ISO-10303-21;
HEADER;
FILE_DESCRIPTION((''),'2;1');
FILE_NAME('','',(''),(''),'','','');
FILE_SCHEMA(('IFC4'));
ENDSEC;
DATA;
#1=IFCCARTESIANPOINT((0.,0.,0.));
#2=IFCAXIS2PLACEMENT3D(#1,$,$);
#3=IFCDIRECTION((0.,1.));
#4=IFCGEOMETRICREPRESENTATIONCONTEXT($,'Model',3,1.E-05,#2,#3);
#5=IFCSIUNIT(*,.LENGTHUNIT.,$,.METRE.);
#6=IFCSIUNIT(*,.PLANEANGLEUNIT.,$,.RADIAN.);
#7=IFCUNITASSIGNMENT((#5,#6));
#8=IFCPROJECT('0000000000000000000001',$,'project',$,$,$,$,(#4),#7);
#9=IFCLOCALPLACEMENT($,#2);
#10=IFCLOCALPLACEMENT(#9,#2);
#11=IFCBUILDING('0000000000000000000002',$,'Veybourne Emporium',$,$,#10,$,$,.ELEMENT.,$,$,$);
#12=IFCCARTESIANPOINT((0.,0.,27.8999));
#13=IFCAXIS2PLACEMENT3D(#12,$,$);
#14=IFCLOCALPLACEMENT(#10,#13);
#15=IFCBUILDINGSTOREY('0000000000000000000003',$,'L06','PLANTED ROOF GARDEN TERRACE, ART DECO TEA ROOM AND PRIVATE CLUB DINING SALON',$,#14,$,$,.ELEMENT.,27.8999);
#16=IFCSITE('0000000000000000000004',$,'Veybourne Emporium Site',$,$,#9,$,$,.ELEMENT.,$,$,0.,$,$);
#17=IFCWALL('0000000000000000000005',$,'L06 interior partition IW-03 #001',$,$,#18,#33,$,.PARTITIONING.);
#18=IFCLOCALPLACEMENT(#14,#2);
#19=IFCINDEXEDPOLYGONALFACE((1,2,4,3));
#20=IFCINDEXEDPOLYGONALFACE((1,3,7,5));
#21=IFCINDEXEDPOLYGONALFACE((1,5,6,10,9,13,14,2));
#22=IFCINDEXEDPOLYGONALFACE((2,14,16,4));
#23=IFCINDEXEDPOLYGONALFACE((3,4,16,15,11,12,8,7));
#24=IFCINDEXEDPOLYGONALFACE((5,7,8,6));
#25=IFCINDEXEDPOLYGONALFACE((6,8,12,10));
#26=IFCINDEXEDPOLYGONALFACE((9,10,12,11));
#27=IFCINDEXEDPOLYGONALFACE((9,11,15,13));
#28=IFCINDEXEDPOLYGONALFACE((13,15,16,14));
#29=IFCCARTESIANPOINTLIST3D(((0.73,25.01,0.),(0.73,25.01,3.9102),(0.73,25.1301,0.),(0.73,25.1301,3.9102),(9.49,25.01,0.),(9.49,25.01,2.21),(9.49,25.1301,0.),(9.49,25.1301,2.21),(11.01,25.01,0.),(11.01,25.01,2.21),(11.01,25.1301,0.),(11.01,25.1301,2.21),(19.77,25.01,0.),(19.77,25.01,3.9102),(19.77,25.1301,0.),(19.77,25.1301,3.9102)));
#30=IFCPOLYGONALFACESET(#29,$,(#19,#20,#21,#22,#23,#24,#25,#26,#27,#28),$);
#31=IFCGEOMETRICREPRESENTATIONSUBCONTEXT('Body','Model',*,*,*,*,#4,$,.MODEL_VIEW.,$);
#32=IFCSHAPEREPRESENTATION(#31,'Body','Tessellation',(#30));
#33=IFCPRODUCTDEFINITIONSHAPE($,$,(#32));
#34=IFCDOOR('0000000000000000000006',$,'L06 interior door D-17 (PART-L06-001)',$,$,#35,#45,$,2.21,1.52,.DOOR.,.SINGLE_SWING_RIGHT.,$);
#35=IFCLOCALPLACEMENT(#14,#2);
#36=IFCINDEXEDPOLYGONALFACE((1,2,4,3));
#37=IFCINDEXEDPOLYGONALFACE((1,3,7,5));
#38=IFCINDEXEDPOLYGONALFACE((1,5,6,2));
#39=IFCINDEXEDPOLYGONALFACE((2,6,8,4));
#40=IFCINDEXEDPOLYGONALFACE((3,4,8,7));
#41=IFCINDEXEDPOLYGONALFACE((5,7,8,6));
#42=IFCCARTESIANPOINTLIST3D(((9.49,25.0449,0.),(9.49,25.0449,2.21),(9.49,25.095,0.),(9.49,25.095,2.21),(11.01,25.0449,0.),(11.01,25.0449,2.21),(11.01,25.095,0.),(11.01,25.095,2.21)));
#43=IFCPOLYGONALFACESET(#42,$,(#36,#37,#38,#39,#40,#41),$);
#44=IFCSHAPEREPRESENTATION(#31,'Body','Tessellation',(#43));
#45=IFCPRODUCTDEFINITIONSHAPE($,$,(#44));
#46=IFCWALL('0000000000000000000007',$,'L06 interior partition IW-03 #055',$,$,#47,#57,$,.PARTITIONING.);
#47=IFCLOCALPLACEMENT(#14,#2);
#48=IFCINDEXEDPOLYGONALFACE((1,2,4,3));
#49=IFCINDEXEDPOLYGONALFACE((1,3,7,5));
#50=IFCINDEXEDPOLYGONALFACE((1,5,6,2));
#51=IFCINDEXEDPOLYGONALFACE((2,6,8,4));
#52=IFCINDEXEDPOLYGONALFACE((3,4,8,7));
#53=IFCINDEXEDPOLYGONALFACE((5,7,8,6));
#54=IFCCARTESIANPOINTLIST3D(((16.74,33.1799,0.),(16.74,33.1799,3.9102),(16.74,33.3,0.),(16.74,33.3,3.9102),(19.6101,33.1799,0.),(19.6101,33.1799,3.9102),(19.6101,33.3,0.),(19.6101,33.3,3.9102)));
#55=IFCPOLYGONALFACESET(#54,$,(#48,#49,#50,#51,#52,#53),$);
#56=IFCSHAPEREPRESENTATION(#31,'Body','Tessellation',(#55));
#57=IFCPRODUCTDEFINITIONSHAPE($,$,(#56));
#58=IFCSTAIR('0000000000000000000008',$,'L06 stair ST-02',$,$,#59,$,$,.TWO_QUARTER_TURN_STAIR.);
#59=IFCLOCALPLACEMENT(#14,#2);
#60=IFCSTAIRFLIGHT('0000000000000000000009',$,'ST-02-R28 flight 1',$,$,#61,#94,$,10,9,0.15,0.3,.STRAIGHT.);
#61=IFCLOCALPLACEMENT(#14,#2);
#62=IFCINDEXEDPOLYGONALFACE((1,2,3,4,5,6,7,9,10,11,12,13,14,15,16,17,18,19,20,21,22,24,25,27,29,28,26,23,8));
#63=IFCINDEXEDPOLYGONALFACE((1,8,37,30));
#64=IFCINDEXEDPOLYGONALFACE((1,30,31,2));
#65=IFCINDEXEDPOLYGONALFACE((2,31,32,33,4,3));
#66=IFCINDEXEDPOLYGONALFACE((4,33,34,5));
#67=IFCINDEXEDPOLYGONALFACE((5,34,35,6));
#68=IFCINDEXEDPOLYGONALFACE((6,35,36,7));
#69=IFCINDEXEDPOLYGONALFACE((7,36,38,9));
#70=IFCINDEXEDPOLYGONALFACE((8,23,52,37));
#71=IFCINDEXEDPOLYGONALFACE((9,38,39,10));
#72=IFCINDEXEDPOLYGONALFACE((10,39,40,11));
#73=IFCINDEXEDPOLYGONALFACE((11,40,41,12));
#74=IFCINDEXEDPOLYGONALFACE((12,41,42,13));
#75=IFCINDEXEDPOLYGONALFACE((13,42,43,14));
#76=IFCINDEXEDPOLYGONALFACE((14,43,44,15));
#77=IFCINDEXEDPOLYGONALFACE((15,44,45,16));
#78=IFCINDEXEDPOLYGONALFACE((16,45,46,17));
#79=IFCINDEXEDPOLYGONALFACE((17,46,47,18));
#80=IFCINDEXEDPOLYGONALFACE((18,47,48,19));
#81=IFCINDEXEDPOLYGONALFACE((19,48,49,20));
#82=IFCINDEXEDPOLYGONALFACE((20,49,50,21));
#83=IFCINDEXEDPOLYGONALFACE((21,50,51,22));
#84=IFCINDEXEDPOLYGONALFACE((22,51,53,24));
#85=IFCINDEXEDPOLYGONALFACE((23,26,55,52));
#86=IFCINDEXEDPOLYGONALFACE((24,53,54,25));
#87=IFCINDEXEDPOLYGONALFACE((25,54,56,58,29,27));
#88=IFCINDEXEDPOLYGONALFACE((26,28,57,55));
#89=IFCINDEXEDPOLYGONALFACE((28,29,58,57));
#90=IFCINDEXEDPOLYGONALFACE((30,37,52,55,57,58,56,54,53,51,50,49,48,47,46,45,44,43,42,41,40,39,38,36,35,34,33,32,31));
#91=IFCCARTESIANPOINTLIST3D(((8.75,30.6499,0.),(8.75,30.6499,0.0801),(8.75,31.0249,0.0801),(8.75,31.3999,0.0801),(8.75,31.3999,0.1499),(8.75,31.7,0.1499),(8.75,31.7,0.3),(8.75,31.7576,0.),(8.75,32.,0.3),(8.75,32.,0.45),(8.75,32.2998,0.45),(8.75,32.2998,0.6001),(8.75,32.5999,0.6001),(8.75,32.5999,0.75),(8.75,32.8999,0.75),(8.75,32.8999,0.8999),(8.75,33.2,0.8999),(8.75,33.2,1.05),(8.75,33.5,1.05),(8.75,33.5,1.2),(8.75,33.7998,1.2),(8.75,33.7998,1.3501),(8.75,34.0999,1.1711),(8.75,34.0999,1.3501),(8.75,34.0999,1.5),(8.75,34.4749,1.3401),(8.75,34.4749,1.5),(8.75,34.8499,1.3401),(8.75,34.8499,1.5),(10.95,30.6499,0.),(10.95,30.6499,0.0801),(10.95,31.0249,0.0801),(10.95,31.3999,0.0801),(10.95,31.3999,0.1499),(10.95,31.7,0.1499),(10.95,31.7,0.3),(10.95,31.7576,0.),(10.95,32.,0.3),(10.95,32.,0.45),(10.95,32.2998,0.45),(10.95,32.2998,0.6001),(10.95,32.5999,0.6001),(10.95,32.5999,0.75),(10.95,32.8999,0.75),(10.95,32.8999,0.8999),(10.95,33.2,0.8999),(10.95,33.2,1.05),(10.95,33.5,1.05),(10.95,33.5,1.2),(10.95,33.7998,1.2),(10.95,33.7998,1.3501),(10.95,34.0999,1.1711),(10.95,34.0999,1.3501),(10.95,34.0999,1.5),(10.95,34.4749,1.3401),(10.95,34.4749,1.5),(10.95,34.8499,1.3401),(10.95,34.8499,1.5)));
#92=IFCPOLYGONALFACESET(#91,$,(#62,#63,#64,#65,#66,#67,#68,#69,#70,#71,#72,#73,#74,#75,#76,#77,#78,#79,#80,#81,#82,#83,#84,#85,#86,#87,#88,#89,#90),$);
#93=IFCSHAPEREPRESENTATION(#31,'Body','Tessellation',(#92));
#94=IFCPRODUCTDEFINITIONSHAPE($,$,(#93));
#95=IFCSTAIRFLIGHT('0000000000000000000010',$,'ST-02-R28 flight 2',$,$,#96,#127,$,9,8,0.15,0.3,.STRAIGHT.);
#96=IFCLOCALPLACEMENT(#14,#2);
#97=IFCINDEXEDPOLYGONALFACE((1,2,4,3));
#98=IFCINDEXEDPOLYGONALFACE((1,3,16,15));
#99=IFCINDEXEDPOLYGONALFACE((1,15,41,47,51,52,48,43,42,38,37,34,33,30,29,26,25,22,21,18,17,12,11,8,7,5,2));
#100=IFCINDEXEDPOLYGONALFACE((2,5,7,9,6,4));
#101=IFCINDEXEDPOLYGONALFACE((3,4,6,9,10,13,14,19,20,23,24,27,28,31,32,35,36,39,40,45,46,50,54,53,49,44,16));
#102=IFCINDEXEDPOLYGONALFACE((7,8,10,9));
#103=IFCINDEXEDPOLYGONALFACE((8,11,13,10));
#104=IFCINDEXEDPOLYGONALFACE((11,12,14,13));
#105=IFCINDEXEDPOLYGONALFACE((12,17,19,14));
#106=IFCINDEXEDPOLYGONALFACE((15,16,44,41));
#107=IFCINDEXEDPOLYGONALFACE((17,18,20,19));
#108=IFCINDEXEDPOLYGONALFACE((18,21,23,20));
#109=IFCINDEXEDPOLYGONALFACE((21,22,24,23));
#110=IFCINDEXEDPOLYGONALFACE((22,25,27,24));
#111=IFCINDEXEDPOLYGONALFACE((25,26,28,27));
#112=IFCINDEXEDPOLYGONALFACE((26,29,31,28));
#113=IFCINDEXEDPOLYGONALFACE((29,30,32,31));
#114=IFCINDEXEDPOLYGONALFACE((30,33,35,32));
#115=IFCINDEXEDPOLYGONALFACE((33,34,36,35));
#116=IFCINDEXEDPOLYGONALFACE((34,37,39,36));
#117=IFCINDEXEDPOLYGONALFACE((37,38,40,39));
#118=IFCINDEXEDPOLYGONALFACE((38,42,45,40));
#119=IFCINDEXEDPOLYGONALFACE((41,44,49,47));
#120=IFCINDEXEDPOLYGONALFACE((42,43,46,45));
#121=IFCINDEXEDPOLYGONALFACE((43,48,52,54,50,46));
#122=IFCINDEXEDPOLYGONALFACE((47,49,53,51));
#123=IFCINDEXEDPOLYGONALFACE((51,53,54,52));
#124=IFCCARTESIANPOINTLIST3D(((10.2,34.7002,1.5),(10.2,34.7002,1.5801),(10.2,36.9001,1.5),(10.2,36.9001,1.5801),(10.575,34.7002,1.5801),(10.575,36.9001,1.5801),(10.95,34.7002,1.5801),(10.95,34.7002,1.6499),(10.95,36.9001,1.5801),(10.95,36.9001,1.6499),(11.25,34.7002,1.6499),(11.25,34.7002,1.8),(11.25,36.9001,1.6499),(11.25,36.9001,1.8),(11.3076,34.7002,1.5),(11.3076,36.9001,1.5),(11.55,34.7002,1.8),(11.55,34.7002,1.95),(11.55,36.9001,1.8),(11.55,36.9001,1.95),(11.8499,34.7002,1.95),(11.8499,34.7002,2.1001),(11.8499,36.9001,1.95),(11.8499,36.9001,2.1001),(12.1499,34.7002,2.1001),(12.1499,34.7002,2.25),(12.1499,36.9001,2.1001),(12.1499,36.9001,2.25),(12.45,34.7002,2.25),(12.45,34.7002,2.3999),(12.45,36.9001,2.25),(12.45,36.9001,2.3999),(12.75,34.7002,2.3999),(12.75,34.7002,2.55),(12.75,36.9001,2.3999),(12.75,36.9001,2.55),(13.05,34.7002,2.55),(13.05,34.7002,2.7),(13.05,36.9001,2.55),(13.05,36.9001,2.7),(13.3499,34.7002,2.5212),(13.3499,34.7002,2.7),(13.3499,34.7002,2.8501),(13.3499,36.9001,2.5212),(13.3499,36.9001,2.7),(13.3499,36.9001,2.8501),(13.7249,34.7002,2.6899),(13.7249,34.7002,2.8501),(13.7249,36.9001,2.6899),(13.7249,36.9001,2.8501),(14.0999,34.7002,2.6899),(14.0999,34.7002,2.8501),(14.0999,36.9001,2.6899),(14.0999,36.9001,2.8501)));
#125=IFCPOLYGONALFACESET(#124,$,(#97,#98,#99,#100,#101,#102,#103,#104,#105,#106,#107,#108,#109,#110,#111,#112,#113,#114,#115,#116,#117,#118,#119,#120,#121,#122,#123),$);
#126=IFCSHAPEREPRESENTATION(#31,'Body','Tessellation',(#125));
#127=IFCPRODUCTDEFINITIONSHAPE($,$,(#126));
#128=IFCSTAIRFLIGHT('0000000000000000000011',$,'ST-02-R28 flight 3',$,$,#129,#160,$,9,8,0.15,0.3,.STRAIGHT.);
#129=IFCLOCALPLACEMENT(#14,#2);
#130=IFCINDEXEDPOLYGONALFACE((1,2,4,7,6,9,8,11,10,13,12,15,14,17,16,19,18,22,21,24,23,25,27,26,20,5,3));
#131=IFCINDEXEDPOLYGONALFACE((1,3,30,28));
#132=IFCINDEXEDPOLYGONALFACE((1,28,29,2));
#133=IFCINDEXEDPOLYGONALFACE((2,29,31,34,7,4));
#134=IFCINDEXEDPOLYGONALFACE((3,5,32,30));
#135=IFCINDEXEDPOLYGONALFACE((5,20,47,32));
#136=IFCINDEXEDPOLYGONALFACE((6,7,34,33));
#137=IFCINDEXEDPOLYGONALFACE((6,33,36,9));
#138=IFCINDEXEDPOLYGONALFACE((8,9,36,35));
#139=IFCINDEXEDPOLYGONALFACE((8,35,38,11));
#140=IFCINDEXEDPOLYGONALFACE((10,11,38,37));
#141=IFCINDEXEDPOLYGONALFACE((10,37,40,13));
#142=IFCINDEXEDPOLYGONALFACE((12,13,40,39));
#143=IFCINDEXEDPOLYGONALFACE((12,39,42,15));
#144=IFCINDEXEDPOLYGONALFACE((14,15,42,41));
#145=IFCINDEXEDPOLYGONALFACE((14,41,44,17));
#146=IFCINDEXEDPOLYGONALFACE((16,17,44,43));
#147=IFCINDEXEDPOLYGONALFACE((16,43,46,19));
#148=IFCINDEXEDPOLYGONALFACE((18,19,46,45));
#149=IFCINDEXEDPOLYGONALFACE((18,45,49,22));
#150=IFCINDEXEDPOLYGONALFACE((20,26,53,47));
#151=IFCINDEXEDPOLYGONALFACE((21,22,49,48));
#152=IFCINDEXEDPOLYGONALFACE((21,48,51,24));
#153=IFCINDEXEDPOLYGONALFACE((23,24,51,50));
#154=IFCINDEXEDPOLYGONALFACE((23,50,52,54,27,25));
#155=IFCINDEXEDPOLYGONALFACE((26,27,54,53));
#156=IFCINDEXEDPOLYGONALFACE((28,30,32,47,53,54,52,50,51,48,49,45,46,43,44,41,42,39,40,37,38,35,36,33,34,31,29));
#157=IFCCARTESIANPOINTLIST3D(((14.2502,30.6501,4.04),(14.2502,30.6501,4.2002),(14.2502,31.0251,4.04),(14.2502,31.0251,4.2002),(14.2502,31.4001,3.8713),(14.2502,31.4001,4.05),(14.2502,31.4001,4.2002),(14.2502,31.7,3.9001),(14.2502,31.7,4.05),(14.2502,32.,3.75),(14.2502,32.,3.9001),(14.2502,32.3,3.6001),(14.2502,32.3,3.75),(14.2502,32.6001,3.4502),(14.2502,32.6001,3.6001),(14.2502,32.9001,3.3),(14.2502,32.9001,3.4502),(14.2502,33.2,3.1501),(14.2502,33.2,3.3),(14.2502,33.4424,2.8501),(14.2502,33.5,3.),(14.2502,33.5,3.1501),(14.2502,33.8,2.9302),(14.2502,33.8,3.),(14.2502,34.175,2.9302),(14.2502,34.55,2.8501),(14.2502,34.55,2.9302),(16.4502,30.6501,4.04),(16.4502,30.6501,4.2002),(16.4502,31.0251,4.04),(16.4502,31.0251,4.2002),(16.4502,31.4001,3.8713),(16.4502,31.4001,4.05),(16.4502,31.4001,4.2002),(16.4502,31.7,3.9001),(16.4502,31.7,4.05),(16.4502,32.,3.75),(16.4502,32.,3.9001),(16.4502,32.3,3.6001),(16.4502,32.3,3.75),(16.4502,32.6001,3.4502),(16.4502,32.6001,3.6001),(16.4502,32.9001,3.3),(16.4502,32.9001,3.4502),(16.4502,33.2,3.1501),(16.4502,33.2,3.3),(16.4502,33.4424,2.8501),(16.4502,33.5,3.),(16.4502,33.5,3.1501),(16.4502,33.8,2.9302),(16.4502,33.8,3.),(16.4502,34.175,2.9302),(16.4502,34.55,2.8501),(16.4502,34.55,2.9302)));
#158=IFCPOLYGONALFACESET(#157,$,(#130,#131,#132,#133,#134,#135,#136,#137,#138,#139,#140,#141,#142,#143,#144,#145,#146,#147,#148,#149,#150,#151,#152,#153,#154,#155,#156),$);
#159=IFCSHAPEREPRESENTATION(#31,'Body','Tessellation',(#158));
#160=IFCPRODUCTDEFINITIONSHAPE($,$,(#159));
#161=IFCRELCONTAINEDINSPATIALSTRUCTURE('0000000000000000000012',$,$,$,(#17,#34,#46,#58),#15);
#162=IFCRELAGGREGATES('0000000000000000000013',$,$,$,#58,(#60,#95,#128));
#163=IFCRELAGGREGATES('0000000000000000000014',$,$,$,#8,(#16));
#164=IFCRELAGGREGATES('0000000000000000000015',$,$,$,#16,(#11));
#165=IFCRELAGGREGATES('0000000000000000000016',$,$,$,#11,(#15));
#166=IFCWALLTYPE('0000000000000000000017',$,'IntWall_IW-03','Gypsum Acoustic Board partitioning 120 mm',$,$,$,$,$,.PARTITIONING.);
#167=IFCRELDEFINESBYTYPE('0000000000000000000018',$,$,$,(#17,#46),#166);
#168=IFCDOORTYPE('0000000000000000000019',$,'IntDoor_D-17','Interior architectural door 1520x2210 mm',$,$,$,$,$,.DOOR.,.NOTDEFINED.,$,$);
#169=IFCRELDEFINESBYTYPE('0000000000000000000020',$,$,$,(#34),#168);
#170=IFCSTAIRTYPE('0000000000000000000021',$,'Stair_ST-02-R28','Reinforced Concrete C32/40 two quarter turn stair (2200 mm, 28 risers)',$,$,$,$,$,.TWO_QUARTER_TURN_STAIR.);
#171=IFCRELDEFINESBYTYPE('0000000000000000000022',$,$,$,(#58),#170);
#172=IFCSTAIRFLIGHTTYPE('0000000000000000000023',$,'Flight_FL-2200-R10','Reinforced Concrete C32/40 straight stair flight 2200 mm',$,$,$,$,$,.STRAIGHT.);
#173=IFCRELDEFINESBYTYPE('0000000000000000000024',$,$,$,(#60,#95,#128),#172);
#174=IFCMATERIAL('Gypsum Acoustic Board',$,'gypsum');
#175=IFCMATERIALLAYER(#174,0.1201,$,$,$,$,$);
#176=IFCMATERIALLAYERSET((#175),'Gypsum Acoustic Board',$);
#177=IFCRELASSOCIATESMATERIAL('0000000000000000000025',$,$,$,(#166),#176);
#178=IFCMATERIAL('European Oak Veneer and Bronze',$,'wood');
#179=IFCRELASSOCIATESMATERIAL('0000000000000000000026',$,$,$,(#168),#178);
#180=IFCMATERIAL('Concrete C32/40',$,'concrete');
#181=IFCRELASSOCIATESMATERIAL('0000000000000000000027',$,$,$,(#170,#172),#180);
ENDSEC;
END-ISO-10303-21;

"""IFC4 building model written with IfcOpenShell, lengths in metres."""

from ifc_helpers import new_model, si_unit, direction, frame, frame_2d, origin, place, context, subcontext, project, spatial, polyline, rectangle, outline, extrude, material, layer, layer_set, type_object, element, fill, aggregate, save


model = new_model("IFC4")

# Units and contexts
model_context = context("Model", 3, precision=1e-05, world=origin(), true_north=direction((0.0, 1.0)))
body_context = subcontext(model_context, "Body", "Model", "MODEL_VIEW")
ifc_project = project(units=[si_unit("LENGTHUNIT", "METRE"), si_unit("PLANEANGLEUNIT", "RADIAN")], contexts=[model_context])

# Site, building, storey
site_placement = place(None, origin())
site = spatial("IfcSite", under=ifc_project, at=site_placement, Name="Veybourne Emporium Site", CompositionType="ELEMENT", RefElevation=0.0)
building_placement = place(site_placement, origin())
building = spatial("IfcBuilding", under=site, at=building_placement, Name="Veybourne Emporium", CompositionType="ELEMENT")
storey_placement = place(building_placement, frame((0.0, 0.0, 27.8999)))
storey = spatial("IfcBuildingStorey", under=building, at=storey_placement, Name="L06", Description="PLANTED ROOF GARDEN TERRACE, ART DECO TEA ROOM AND PRIVATE CLUB DINING SALON", CompositionType="ELEMENT", Elevation=27.8999)

# Shared definitions
ifc_material_1 = material(Name="Concrete C32/40", Category="concrete")

# Shared definitions
ifc_material_2 = material(Name="Gypsum Acoustic Board", Category="gypsum")

# Shared definitions
ifc_material_3 = material(Name="European Oak Veneer and Bronze", Category="wood")

# Wall, opening, door
ifc_layer_1 = layer(ifc_material_2, 0.1201)
ifc_layer_set_1 = layer_set([ifc_layer_1], Name="Gypsum Acoustic Board")
wall_type_1 = type_object("IfcWallType", Name="IntWall_IW-03", Description="Gypsum Acoustic Board partitioning 120 mm", PredefinedType="PARTITIONING", material=ifc_layer_set_1)
wall_1_placement = place(storey_placement, frame((0.73, 25.0701, 0.0), z_axis=(0.0, 0.0, 1.0), x_axis=(1.0, 0.0, 0.0)))
wall_1 = element("IfcWall", 1, at=wall_1_placement, inside=storey, type_object=wall_type_1, Name="L06 interior partition IW-03 #001", PredefinedType="PARTITIONING", context=body_context, shape_type="SweptSolid", body=[
    extrude(rectangle(XDim=19.04, YDim=0.1201, at=frame_2d((9.52, 0.0))), origin(), (0.0, 0.0, 1.0), 3.9102),
])
opening_1_placement = place(wall_1_placement, frame((8.76, 0.0, 0.0)))
opening_1 = element("IfcOpeningElement", 2, at=opening_1_placement, cuts=wall_1, PredefinedType="OPENING", context=body_context, shape_type="SweptSolid", body=[
    extrude(rectangle(XDim=1.52, YDim=2.21, at=frame_2d((0.76, 1.105))), frame((0.0, 0.0801, 0.0), z_axis=(0.0, -1.0, 0.0), x_axis=(1.0, 0.0, 0.0)), (0.0, 0.0, 1.0), 0.1602),
])
door_type_1 = type_object("IfcDoorType", Name="IntDoor_D-17", Description="Interior architectural door 1520x2210 mm", OperationType="NOTDEFINED", PredefinedType="DOOR", material=ifc_material_3)
door_1_placement = place(opening_1_placement, origin())
door_1 = element("IfcDoor", 3, at=door_1_placement, inside=storey, type_object=door_type_1, Name="L06 interior door D-17 (PART-L06-001)", OperationType="SINGLE_SWING_RIGHT", OverallHeight=2.21, OverallWidth=1.52, PredefinedType="DOOR", context=body_context, shape_type="SweptSolid", body=[
    extrude(rectangle(XDim=1.52, YDim=2.21, at=frame_2d((0.76, 1.105))), frame((0.0, 0.0249, 0.0), z_axis=(0.0, -1.0, 0.0), x_axis=(1.0, 0.0, 0.0)), (0.0, 0.0, 1.0), 0.05),
])
fill(opening_1, door_1)

# Wall
wall_2_placement = place(storey_placement, frame((16.74, 33.24, 0.0), z_axis=(0.0, 0.0, 1.0), x_axis=(1.0, 0.0, 0.0)))
element("IfcWall", 4, at=wall_2_placement, inside=storey, type_object=wall_type_1, Name="L06 interior partition IW-03 #055", PredefinedType="PARTITIONING", context=body_context, shape_type="SweptSolid", body=[
    extrude(rectangle(XDim=2.8701, YDim=0.1201, at=frame_2d((1.4351, 0.0))), origin(), (0.0, 0.0, 1.0), 3.9102),
])

# Stair, stair flights
stair_type = type_object("IfcStairType", Name="Stair_ST-02-R28", Description="Reinforced Concrete C32/40 two quarter turn stair (2200 mm, 28 risers)", PredefinedType="TWO_QUARTER_TURN_STAIR", material=ifc_material_1)
stair_placement = place(storey_placement, origin())
stair = element("IfcStair", 5, at=stair_placement, inside=storey, type_object=stair_type, Name="L06 stair ST-02", PredefinedType="TWO_QUARTER_TURN_STAIR")
stair_flight_type = type_object("IfcStairFlightType", Name="Flight_FL-2200-R10", Description="Reinforced Concrete C32/40 straight stair flight 2200 mm", PredefinedType="STRAIGHT", material=ifc_material_1)
stair_flight_1_placement = place(storey_placement, frame((9.8501, 31.3999, 0.0), z_axis=(0.0, 0.0, 1.0), x_axis=(0.0, 1.0, 0.0)))
stair_flight_1 = element("IfcStairFlight", 6, at=stair_flight_1_placement, type_object=stair_flight_type, Name="ST-02-R28 flight 1", NumberOfRisers=10, NumberOfTreads=9, PredefinedType="STRAIGHT", RiserHeight=0.15, TreadLength=0.3, context=body_context, shape_type="SweptSolid", body=[
    extrude(outline(polyline([(-0.75, 0.0), (-0.75, 0.0801), (-0.375, 0.0801), (0.0, 0.0801), (0.0, 0.1499), (0.3, 0.1499), (0.3, 0.3), (0.6001, 0.3), (0.6001, 0.45), (0.8999, 0.45), (0.8999, 0.6001), (1.2, 0.6001), (1.2, 0.75), (1.5, 0.75), (1.5, 0.8999), (1.8, 0.8999), (1.8, 1.05), (2.1001, 1.05), (2.1001, 1.2), (2.3999, 1.2), (2.3999, 1.3501), (2.7, 1.3501), (2.7, 1.5), (3.075, 1.5), (3.45, 1.5), (3.45, 1.3401), (3.075, 1.3401), (2.7, 1.1711), (0.3577, 0.0), (-0.75, 0.0)])), frame((0.0, 1.1001, 0.0), z_axis=(0.0, -1.0, 0.0), x_axis=(1.0, 0.0, 0.0)), (0.0, 0.0, 1.0), 2.2),
])
stair_flight_2_placement = place(storey_placement, frame((10.95, 35.8, 1.5), z_axis=(0.0, 0.0, 1.0), x_axis=(1.0, 0.0, 0.0)))
stair_flight_2 = element("IfcStairFlight", 7, at=stair_flight_2_placement, type_object=stair_flight_type, Name="ST-02-R28 flight 2", NumberOfRisers=9, NumberOfTreads=8, PredefinedType="STRAIGHT", RiserHeight=0.15, TreadLength=0.3, context=body_context, shape_type="SweptSolid", body=[
    extrude(outline(polyline([(-0.75, 0.0), (-0.75, 0.0801), (-0.375, 0.0801), (0.0, 0.0801), (0.0, 0.1499), (0.3, 0.1499), (0.3, 0.3), (0.6001, 0.3), (0.6001, 0.45), (0.8999, 0.45), (0.8999, 0.6001), (1.2, 0.6001), (1.2, 0.75), (1.5, 0.75), (1.5, 0.8999), (1.8, 0.8999), (1.8, 1.05), (2.1001, 1.05), (2.1001, 1.2), (2.3999, 1.2), (2.3999, 1.3501), (2.7749, 1.3501), (3.1499, 1.3501), (3.1499, 1.1899), (2.7749, 1.1899), (2.3999, 1.0212), (0.3577, 0.0), (-0.75, 0.0)])), frame((0.0, 1.1001, 0.0), z_axis=(0.0, -1.0, 0.0), x_axis=(1.0, 0.0, 0.0)), (0.0, 0.0, 1.0), 2.2),
])
stair_flight_3_placement = place(storey_placement, frame((15.3501, 33.8, 2.8501), z_axis=(0.0, 0.0, 1.0), x_axis=(0.0, -1.0, 0.0)))
stair_flight_3 = element("IfcStairFlight", 8, at=stair_flight_3_placement, type_object=stair_flight_type, Name="ST-02-R28 flight 3", NumberOfRisers=9, NumberOfTreads=8, PredefinedType="STRAIGHT", RiserHeight=0.15, TreadLength=0.3, context=body_context, shape_type="SweptSolid", body=[
    extrude(outline(polyline([(-0.75, 0.0), (-0.75, 0.0801), (-0.375, 0.0801), (0.0, 0.0801), (0.0, 0.1499), (0.3, 0.1499), (0.3, 0.3), (0.6001, 0.3), (0.6001, 0.45), (0.8999, 0.45), (0.8999, 0.6001), (1.2, 0.6001), (1.2, 0.75), (1.5, 0.75), (1.5, 0.8999), (1.8, 0.8999), (1.8, 1.05), (2.1001, 1.05), (2.1001, 1.2), (2.3999, 1.2), (2.3999, 1.3501), (2.7749, 1.3501), (3.1499, 1.3501), (3.1499, 1.1899), (2.7749, 1.1899), (2.3999, 1.0212), (0.3577, 0.0), (-0.75, 0.0)])), frame((0.0, 1.1001, 0.0), z_axis=(0.0, -1.0, 0.0), x_axis=(1.0, 0.0, 0.0)), (0.0, 0.0, 1.0), 2.2),
])
aggregate(stair, [stair_flight_1, stair_flight_2, stair_flight_3])

save(model, "model.ifc")
